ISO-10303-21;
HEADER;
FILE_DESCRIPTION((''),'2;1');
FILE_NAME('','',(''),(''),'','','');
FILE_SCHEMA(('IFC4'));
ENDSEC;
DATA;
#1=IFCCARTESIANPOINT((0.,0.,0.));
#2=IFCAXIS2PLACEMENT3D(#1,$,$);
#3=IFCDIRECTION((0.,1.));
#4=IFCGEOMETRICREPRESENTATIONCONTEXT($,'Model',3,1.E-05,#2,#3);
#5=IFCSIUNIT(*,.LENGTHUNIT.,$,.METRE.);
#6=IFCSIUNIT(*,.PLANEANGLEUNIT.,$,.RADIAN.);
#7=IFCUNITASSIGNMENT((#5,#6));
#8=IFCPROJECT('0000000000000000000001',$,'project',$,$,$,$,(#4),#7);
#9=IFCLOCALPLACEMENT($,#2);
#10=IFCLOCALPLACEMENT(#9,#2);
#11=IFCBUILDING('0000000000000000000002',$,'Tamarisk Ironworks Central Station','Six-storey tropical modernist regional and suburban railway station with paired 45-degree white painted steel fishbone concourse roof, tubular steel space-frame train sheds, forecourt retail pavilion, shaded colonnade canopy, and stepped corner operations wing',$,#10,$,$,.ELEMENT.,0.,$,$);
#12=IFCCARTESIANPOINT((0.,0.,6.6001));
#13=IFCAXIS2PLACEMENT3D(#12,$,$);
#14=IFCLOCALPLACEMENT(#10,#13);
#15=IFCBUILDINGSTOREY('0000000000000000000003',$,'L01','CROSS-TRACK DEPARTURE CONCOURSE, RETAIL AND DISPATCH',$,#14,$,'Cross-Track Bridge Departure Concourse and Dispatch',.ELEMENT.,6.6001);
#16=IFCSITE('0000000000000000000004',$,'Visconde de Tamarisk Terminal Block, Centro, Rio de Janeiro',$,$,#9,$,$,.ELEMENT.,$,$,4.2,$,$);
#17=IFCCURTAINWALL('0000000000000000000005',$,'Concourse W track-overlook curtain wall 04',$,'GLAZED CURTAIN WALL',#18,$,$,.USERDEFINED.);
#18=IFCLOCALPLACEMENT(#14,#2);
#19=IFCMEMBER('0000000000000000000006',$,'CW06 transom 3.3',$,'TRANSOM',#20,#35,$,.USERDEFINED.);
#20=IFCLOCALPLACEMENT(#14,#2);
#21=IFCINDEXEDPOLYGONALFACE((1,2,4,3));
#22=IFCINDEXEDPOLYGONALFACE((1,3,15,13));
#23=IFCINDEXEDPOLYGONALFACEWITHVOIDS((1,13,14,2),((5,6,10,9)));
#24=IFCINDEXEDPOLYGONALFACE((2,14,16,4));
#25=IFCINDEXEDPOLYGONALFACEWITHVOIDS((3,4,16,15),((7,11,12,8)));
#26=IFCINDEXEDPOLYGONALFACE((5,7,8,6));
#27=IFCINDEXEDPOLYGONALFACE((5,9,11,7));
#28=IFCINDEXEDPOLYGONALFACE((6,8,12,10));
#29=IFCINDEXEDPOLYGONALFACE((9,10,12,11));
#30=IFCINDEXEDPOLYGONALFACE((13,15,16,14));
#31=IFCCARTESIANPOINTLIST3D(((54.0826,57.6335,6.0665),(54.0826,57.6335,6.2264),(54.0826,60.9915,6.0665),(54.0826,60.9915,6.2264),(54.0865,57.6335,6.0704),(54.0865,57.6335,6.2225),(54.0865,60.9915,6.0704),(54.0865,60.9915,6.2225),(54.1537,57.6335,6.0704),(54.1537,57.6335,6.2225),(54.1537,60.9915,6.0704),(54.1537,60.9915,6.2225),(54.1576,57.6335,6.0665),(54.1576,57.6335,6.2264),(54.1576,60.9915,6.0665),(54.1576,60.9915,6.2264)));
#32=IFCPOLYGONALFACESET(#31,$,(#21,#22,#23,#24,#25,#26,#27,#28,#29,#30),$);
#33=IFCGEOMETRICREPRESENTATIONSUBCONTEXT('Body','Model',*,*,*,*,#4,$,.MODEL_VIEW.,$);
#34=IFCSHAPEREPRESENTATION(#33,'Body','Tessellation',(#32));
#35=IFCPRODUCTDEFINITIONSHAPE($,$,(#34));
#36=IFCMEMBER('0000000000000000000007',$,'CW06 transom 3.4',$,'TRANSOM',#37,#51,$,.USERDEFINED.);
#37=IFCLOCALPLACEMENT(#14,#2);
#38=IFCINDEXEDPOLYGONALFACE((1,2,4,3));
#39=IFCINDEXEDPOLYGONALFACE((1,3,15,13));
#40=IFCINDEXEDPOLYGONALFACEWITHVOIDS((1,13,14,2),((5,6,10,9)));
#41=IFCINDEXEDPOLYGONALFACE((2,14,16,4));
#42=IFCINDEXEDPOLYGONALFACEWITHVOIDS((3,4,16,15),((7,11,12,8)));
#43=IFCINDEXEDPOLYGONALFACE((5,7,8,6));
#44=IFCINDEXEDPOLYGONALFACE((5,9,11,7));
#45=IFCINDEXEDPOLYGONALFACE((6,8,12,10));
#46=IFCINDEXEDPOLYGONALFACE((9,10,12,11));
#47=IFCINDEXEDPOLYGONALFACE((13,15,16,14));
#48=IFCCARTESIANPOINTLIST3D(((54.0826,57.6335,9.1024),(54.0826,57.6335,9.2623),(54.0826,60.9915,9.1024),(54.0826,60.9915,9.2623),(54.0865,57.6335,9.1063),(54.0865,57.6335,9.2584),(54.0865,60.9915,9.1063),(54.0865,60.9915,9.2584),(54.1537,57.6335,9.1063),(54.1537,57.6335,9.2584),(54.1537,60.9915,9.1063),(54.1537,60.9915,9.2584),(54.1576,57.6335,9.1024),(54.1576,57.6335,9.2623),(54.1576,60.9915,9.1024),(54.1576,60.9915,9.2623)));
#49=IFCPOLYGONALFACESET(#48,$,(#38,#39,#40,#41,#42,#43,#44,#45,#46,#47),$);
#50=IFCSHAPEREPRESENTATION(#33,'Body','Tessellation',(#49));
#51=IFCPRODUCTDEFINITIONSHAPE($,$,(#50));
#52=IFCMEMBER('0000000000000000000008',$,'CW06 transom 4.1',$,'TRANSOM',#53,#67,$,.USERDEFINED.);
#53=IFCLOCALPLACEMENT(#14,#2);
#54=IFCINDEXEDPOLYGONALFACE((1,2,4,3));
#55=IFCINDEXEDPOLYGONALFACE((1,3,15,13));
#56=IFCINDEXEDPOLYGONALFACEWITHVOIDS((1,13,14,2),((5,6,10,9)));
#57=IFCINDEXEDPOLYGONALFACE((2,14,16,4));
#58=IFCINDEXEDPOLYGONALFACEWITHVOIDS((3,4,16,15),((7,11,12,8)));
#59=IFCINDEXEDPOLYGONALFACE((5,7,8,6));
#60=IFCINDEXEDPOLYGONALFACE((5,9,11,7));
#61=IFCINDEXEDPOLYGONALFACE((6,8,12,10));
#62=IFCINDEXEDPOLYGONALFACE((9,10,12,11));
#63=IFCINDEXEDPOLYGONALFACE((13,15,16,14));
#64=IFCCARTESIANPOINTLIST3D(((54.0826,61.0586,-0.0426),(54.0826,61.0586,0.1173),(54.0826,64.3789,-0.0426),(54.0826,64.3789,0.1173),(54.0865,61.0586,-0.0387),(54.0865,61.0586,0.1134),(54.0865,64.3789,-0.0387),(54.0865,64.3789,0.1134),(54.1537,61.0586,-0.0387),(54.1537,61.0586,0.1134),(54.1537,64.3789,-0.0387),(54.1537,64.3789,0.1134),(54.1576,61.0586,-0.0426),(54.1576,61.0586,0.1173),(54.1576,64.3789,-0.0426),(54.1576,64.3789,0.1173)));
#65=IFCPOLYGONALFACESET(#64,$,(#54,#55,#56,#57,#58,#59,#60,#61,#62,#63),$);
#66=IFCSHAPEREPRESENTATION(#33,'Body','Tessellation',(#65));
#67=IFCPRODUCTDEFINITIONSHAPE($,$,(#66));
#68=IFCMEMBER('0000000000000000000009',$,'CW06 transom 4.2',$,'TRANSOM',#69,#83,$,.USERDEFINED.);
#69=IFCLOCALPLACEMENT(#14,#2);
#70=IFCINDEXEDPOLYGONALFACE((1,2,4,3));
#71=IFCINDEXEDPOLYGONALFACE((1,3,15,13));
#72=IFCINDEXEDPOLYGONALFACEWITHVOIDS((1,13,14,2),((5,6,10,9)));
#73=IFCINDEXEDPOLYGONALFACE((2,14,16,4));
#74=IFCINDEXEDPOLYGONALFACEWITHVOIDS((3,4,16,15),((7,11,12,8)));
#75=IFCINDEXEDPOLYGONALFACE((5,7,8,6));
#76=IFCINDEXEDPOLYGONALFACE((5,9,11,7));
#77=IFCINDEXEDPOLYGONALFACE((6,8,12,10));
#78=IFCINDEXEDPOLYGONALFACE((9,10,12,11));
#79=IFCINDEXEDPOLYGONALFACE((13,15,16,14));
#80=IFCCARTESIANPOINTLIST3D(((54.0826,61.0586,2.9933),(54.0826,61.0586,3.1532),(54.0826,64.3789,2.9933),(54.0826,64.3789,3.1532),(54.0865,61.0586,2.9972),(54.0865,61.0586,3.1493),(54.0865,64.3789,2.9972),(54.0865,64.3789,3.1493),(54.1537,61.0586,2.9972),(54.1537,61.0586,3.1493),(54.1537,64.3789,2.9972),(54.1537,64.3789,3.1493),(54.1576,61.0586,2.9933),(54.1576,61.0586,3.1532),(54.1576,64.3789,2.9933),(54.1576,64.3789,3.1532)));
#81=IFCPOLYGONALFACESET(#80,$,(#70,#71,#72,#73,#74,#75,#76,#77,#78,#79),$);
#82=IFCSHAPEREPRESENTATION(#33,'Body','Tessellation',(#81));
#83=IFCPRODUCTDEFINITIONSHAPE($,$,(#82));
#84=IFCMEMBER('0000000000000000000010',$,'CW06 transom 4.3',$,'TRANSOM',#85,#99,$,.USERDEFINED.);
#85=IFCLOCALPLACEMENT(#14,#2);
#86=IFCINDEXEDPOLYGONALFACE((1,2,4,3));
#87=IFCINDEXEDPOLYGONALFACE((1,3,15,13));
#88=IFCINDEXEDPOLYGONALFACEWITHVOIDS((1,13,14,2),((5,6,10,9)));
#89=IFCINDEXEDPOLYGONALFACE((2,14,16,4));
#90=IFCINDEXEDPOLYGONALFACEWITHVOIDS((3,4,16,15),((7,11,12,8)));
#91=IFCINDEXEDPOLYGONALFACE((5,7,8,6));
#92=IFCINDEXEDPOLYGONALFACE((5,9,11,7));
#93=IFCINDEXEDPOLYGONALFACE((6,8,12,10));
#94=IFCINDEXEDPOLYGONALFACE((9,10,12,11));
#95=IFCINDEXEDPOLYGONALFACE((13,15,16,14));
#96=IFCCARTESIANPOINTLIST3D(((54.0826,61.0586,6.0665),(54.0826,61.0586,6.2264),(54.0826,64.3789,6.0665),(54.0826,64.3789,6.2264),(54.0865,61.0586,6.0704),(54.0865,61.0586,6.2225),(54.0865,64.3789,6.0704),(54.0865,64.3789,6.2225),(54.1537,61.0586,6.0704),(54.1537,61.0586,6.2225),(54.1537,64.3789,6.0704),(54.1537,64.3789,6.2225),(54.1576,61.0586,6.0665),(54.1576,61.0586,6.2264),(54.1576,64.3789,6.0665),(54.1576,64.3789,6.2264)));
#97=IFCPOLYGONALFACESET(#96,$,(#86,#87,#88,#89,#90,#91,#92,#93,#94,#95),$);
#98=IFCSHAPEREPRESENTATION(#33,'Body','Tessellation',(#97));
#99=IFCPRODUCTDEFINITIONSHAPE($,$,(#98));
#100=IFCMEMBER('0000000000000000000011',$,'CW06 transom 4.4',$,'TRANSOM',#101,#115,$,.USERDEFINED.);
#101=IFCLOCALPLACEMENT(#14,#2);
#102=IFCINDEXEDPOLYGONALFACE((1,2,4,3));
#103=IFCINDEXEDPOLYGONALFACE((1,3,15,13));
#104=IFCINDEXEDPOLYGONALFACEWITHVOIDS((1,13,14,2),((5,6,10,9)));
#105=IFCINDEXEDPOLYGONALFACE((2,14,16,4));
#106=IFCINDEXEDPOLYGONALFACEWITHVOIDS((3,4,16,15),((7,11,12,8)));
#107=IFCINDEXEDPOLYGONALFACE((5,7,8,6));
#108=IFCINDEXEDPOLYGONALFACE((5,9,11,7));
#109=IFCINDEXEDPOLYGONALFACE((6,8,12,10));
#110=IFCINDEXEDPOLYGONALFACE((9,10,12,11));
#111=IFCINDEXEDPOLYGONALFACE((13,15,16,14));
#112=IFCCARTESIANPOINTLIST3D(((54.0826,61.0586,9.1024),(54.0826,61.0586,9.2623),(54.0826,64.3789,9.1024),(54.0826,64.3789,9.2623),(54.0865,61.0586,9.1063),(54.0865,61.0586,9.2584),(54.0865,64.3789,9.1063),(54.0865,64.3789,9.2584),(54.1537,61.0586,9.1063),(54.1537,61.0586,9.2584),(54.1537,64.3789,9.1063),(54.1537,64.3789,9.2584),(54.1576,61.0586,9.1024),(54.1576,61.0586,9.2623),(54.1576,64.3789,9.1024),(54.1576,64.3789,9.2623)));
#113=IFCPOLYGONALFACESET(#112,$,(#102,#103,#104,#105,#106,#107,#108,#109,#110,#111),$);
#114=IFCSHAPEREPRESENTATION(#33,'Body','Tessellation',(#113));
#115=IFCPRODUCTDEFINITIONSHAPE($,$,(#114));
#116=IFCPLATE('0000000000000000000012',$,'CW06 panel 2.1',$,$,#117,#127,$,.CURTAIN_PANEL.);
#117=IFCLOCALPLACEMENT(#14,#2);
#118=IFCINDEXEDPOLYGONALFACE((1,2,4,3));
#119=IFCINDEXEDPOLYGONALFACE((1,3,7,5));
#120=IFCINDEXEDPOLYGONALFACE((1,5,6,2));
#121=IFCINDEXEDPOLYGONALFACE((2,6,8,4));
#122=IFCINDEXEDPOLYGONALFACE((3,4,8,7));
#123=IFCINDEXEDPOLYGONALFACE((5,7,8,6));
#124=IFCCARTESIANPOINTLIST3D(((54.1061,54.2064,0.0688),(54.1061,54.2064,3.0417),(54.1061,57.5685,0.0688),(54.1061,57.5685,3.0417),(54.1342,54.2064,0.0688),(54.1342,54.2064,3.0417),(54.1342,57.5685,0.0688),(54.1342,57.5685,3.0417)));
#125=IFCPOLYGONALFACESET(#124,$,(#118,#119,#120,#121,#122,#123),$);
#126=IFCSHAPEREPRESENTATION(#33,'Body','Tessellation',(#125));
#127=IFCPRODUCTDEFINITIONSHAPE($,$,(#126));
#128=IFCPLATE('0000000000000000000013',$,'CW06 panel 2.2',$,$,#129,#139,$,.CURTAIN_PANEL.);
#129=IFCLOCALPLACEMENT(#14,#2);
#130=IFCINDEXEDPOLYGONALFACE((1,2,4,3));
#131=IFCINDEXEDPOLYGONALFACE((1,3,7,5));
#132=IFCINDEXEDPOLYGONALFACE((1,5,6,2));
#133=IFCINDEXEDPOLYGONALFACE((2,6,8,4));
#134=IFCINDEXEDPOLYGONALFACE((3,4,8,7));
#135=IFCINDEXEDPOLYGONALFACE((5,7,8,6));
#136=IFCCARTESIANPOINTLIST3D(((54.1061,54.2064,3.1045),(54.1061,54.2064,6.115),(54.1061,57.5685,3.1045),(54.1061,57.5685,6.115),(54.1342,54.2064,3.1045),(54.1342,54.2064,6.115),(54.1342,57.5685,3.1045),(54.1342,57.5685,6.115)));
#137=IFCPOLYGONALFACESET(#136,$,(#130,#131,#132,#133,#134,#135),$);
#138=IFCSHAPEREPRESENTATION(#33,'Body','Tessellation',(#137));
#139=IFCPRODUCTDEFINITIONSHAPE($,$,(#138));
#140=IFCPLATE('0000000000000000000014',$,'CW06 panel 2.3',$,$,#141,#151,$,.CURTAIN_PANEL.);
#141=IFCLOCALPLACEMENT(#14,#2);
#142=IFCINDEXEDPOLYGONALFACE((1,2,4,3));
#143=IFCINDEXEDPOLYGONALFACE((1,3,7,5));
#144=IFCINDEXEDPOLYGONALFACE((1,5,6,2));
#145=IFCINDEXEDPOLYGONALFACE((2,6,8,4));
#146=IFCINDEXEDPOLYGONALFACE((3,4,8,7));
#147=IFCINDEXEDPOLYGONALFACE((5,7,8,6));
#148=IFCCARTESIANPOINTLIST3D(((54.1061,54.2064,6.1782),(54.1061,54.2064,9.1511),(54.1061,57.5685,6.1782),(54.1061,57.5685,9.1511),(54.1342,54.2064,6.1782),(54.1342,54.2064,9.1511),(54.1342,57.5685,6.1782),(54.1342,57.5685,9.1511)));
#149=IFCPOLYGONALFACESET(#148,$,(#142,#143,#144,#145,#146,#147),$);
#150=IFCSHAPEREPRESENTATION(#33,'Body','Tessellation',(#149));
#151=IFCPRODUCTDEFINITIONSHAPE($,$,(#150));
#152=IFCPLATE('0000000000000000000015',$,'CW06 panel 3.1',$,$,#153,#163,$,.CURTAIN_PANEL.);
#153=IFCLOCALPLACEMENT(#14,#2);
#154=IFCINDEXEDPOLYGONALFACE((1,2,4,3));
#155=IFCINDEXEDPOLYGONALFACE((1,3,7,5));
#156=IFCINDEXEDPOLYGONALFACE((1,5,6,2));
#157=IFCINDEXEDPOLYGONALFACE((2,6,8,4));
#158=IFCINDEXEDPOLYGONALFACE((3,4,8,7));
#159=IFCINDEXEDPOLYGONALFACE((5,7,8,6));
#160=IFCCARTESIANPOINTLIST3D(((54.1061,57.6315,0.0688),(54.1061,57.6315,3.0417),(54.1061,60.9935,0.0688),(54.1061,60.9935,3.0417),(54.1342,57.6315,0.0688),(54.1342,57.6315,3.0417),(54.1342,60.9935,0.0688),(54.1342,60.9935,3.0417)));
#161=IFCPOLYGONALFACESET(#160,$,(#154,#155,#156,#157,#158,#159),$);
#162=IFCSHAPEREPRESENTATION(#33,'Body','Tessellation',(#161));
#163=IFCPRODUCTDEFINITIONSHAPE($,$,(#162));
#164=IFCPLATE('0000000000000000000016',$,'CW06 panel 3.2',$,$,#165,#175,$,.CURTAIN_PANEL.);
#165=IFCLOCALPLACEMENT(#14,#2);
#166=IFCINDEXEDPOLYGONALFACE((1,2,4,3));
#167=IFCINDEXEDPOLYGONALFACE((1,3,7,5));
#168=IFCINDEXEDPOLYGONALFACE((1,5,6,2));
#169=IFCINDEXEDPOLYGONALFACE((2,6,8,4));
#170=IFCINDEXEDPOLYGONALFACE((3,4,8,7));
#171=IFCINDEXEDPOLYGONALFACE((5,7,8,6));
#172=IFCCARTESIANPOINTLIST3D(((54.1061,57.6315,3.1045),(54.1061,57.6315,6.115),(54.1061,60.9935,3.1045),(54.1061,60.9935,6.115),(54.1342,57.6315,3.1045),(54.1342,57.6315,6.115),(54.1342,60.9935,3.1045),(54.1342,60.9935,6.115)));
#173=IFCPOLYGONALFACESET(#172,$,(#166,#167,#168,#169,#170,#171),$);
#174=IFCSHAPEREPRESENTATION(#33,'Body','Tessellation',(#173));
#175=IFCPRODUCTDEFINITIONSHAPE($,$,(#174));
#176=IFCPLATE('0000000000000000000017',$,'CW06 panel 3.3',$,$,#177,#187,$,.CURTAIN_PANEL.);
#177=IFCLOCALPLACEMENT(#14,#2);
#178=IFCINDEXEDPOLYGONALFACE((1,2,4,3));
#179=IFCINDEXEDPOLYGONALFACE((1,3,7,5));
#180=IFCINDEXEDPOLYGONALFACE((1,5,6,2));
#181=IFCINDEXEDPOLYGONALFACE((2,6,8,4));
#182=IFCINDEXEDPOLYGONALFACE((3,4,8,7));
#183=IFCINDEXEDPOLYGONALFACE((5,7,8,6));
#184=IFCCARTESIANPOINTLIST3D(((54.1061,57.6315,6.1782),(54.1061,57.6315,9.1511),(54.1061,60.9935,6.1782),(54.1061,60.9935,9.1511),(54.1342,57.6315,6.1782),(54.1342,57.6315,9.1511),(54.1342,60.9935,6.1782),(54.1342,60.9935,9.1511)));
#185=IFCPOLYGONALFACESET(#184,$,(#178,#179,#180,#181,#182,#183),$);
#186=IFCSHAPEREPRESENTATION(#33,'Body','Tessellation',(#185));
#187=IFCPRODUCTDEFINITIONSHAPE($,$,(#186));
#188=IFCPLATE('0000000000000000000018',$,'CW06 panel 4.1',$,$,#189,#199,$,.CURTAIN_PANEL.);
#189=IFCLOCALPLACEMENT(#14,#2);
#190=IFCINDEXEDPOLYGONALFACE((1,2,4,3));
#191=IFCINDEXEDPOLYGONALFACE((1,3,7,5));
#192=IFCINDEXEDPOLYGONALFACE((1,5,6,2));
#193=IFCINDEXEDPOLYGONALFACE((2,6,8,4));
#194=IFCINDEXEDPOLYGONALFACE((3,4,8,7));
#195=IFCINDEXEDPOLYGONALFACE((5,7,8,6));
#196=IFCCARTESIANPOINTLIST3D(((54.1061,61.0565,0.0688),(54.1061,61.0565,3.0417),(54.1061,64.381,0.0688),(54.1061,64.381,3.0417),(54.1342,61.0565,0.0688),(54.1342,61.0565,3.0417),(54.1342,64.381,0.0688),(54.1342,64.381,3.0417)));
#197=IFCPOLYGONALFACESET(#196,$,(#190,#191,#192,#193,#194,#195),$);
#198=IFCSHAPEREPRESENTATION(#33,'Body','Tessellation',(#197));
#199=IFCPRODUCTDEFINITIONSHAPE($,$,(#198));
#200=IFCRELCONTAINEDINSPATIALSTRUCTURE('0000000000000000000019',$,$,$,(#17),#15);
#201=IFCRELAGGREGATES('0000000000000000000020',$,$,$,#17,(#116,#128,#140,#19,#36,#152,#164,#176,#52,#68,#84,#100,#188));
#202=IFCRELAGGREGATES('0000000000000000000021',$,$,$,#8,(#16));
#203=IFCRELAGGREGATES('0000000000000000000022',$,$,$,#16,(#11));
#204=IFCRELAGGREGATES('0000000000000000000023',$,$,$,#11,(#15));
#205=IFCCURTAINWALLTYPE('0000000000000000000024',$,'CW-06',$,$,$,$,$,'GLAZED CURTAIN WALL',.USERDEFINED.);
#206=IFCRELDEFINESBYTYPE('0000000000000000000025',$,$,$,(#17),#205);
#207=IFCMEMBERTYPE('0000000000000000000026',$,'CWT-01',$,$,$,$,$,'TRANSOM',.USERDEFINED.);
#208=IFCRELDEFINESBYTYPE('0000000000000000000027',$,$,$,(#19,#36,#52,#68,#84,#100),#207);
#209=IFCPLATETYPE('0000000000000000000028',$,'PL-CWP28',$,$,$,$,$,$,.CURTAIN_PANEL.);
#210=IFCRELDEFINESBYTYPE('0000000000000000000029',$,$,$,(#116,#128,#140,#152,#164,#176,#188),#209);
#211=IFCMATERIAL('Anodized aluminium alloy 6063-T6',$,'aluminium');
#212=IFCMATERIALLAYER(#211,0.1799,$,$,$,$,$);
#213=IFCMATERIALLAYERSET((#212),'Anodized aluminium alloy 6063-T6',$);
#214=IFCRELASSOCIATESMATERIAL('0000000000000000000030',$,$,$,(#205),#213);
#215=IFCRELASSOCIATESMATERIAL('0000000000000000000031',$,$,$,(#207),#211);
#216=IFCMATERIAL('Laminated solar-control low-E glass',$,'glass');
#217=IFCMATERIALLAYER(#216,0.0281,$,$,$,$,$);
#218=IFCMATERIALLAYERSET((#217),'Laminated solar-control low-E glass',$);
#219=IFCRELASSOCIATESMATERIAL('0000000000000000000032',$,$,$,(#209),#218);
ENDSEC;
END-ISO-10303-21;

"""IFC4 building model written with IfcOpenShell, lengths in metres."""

from ifc_helpers import new_model, si_unit, direction, frame, origin, origin_2d, place, context, subcontext, project, spatial, rectangle, hollow_rectangle, extrude, material, layer, layer_set, material_profile, profile_set, type_object, element, aggregate, save


model = new_model("IFC4")

# Units and contexts
model_context = context("Model", 3, precision=1e-05, world=origin(), true_north=direction((0.0, 1.0)))
body_context = subcontext(model_context, "Body", "Model", "MODEL_VIEW")
ifc_project = project(units=[si_unit("LENGTHUNIT", "METRE"), si_unit("PLANEANGLEUNIT", "RADIAN")], contexts=[model_context])

# Site, building, storey
site_placement = place(None, origin())
site = spatial("IfcSite", under=ifc_project, at=site_placement, Name="Visconde de Tamarisk Terminal Block, Centro, Rio de Janeiro", CompositionType="ELEMENT", RefElevation=4.2)
building_placement = place(site_placement, origin())
building = spatial("IfcBuilding", under=site, at=building_placement, Name="Tamarisk Ironworks Central Station", Description="Six-storey tropical modernist regional and suburban railway station with paired 45-degree white painted steel fishbone concourse roof, tubular steel space-frame train sheds, forecourt retail pavilion, shaded colonnade canopy, and stepped corner operations wing", CompositionType="ELEMENT", ElevationOfRefHeight=0.0)
storey_placement = place(building_placement, frame((0.0, 0.0, 6.6001)))
storey = spatial("IfcBuildingStorey", under=building, at=storey_placement, Name="L01", Description="CROSS-TRACK DEPARTURE CONCOURSE, RETAIL AND DISPATCH", LongName="Cross-Track Bridge Departure Concourse and Dispatch", CompositionType="ELEMENT", Elevation=6.6001)

# Curtain wall, members, plates
ifc_material_1 = material(Name="Anodized aluminium alloy 6063-T6", Category="aluminium")
ifc_layer_1 = layer(ifc_material_1, 0.1799)
ifc_layer_set_1 = layer_set([ifc_layer_1], Name="Anodized aluminium alloy 6063-T6")
curtain_wall_type = type_object("IfcCurtainWallType", Name="CW-06", ElementType="GLAZED CURTAIN WALL", PredefinedType="USERDEFINED", material=ifc_layer_set_1)
curtain_wall_placement = place(storey_placement, origin())
curtain_wall = element("IfcCurtainWall", 1, at=curtain_wall_placement, inside=storey, type_object=curtain_wall_type, Name="Concourse W track-overlook curtain wall 04", ObjectType="GLAZED CURTAIN WALL", PredefinedType="USERDEFINED")
ifc_material_profile_1 = material_profile(ifc_material_1, hollow_rectangle(XDim=0.075, YDim=0.1599, WallThickness=0.0039, at=origin_2d()), Name="ALUM 160x75")
ifc_profile_set_1 = profile_set([ifc_material_profile_1], Name="Anodized aluminium alloy 6063-T6")
member_type_1 = type_object("IfcMemberType", Name="CWT-01", ElementType="TRANSOM", PredefinedType="USERDEFINED", material=ifc_profile_set_1)
member_1_placement = place(storey_placement, frame((54.1201, 57.6335, 6.1465), z_axis=(0.0, 1.0, 0.0), x_axis=(-1.0, 0.0, 0.0)))
member_1 = element("IfcMember", 2, at=member_1_placement, type_object=member_type_1, Name="CW06 transom 3.3", ObjectType="TRANSOM", PredefinedType="USERDEFINED", context=body_context, shape_type="SweptSolid", body=[
    extrude(hollow_rectangle(XDim=0.075, YDim=0.1599, WallThickness=0.0039, at=origin_2d()), origin(), (0.0, 0.0, 1.0), 3.3579),
])
member_2_placement = place(storey_placement, frame((54.1201, 57.6335, 9.1824), z_axis=(0.0, 1.0, 0.0), x_axis=(-1.0, 0.0, 0.0)))
member_2 = element("IfcMember", 3, at=member_2_placement, type_object=member_type_1, Name="CW06 transom 3.4", ObjectType="TRANSOM", PredefinedType="USERDEFINED", context=body_context, shape_type="SweptSolid", body=[
    extrude(hollow_rectangle(XDim=0.075, YDim=0.1599, WallThickness=0.0039, at=origin_2d()), origin(), (0.0, 0.0, 1.0), 3.3579),
])
member_3_placement = place(storey_placement, frame((54.1201, 61.0586, 0.0374), z_axis=(0.0, 1.0, 0.0), x_axis=(-1.0, 0.0, 0.0)))
member_3 = element("IfcMember", 4, at=member_3_placement, type_object=member_type_1, Name="CW06 transom 4.1", ObjectType="TRANSOM", PredefinedType="USERDEFINED", context=body_context, shape_type="SweptSolid", body=[
    extrude(hollow_rectangle(XDim=0.075, YDim=0.1599, WallThickness=0.0039, at=origin_2d()), origin(), (0.0, 0.0, 1.0), 3.3203),
])
member_4_placement = place(storey_placement, frame((54.1201, 61.0586, 3.0732), z_axis=(0.0, 1.0, 0.0), x_axis=(-1.0, 0.0, 0.0)))
member_4 = element("IfcMember", 5, at=member_4_placement, type_object=member_type_1, Name="CW06 transom 4.2", ObjectType="TRANSOM", PredefinedType="USERDEFINED", context=body_context, shape_type="SweptSolid", body=[
    extrude(hollow_rectangle(XDim=0.075, YDim=0.1599, WallThickness=0.0039, at=origin_2d()), origin(), (0.0, 0.0, 1.0), 3.3203),
])
member_5_placement = place(storey_placement, frame((54.1201, 61.0586, 6.1465), z_axis=(0.0, 1.0, 0.0), x_axis=(-1.0, 0.0, 0.0)))
member_5 = element("IfcMember", 6, at=member_5_placement, type_object=member_type_1, Name="CW06 transom 4.3", ObjectType="TRANSOM", PredefinedType="USERDEFINED", context=body_context, shape_type="SweptSolid", body=[
    extrude(hollow_rectangle(XDim=0.075, YDim=0.1599, WallThickness=0.0039, at=origin_2d()), origin(), (0.0, 0.0, 1.0), 3.3203),
])
member_6_placement = place(storey_placement, frame((54.1201, 61.0586, 9.1824), z_axis=(0.0, 1.0, 0.0), x_axis=(-1.0, 0.0, 0.0)))
member_6 = element("IfcMember", 7, at=member_6_placement, type_object=member_type_1, Name="CW06 transom 4.4", ObjectType="TRANSOM", PredefinedType="USERDEFINED", context=body_context, shape_type="SweptSolid", body=[
    extrude(hollow_rectangle(XDim=0.075, YDim=0.1599, WallThickness=0.0039, at=origin_2d()), origin(), (0.0, 0.0, 1.0), 3.3203),
])
ifc_material_2 = material(Name="Laminated solar-control low-E glass", Category="glass")
ifc_layer_2 = layer(ifc_material_2, 0.0281)
ifc_layer_set_2 = layer_set([ifc_layer_2], Name="Laminated solar-control low-E glass")
plate_type = type_object("IfcPlateType", Name="PL-CWP28", PredefinedType="CURTAIN_PANEL", material=ifc_layer_set_2)
plate_1_placement = place(storey_placement, frame((54.1201, 55.8875, 0.0688), z_axis=(0.0, 0.0, 1.0), x_axis=(0.0, 1.0, 0.0)))
plate_1 = element("IfcPlate", 8, at=plate_1_placement, type_object=plate_type, Name="CW06 panel 2.1", PredefinedType="CURTAIN_PANEL", context=body_context, shape_type="SweptSolid", body=[
    extrude(rectangle(XDim=3.3621, YDim=0.0281, at=origin_2d()), origin(), (0.0, 0.0, 1.0), 2.9729),
])
plate_2_placement = place(storey_placement, frame((54.1201, 55.8875, 3.1045), z_axis=(0.0, 0.0, 1.0), x_axis=(0.0, 1.0, 0.0)))
plate_2 = element("IfcPlate", 9, at=plate_2_placement, type_object=plate_type, Name="CW06 panel 2.2", PredefinedType="CURTAIN_PANEL", context=body_context, shape_type="SweptSolid", body=[
    extrude(rectangle(XDim=3.3621, YDim=0.0281, at=origin_2d()), origin(), (0.0, 0.0, 1.0), 3.0105),
])
plate_3_placement = place(storey_placement, frame((54.1201, 55.8875, 6.1782), z_axis=(0.0, 0.0, 1.0), x_axis=(0.0, 1.0, 0.0)))
plate_3 = element("IfcPlate", 10, at=plate_3_placement, type_object=plate_type, Name="CW06 panel 2.3", PredefinedType="CURTAIN_PANEL", context=body_context, shape_type="SweptSolid", body=[
    extrude(rectangle(XDim=3.3621, YDim=0.0281, at=origin_2d()), origin(), (0.0, 0.0, 1.0), 2.9729),
])
plate_4_placement = place(storey_placement, frame((54.1201, 59.3125, 0.0688), z_axis=(0.0, 0.0, 1.0), x_axis=(0.0, 1.0, 0.0)))
plate_4 = element("IfcPlate", 11, at=plate_4_placement, type_object=plate_type, Name="CW06 panel 3.1", PredefinedType="CURTAIN_PANEL", context=body_context, shape_type="SweptSolid", body=[
    extrude(rectangle(XDim=3.3621, YDim=0.0281, at=origin_2d()), origin(), (0.0, 0.0, 1.0), 2.9729),
])
plate_5_placement = place(storey_placement, frame((54.1201, 59.3125, 3.1045), z_axis=(0.0, 0.0, 1.0), x_axis=(0.0, 1.0, 0.0)))
plate_5 = element("IfcPlate", 12, at=plate_5_placement, type_object=plate_type, Name="CW06 panel 3.2", PredefinedType="CURTAIN_PANEL", context=body_context, shape_type="SweptSolid", body=[
    extrude(rectangle(XDim=3.3621, YDim=0.0281, at=origin_2d()), origin(), (0.0, 0.0, 1.0), 3.0105),
])
plate_6_placement = place(storey_placement, frame((54.1201, 59.3125, 6.1782), z_axis=(0.0, 0.0, 1.0), x_axis=(0.0, 1.0, 0.0)))
plate_6 = element("IfcPlate", 13, at=plate_6_placement, type_object=plate_type, Name="CW06 panel 3.3", PredefinedType="CURTAIN_PANEL", context=body_context, shape_type="SweptSolid", body=[
    extrude(rectangle(XDim=3.3621, YDim=0.0281, at=origin_2d()), origin(), (0.0, 0.0, 1.0), 2.9729),
])
plate_7_placement = place(storey_placement, frame((54.1201, 62.7188, 0.0688), z_axis=(0.0, 0.0, 1.0), x_axis=(0.0, 1.0, 0.0)))
plate_7 = element("IfcPlate", 14, at=plate_7_placement, type_object=plate_type, Name="CW06 panel 4.1", PredefinedType="CURTAIN_PANEL", context=body_context, shape_type="SweptSolid", body=[
    extrude(rectangle(XDim=3.3245, YDim=0.0281, at=origin_2d()), origin(), (0.0, 0.0, 1.0), 2.9729),
])
aggregate(curtain_wall, [plate_1, plate_2, plate_3, member_1, member_2, plate_4, plate_5, plate_6, member_3, member_4, member_5, member_6, plate_7])

save(model, "model.ifc")
